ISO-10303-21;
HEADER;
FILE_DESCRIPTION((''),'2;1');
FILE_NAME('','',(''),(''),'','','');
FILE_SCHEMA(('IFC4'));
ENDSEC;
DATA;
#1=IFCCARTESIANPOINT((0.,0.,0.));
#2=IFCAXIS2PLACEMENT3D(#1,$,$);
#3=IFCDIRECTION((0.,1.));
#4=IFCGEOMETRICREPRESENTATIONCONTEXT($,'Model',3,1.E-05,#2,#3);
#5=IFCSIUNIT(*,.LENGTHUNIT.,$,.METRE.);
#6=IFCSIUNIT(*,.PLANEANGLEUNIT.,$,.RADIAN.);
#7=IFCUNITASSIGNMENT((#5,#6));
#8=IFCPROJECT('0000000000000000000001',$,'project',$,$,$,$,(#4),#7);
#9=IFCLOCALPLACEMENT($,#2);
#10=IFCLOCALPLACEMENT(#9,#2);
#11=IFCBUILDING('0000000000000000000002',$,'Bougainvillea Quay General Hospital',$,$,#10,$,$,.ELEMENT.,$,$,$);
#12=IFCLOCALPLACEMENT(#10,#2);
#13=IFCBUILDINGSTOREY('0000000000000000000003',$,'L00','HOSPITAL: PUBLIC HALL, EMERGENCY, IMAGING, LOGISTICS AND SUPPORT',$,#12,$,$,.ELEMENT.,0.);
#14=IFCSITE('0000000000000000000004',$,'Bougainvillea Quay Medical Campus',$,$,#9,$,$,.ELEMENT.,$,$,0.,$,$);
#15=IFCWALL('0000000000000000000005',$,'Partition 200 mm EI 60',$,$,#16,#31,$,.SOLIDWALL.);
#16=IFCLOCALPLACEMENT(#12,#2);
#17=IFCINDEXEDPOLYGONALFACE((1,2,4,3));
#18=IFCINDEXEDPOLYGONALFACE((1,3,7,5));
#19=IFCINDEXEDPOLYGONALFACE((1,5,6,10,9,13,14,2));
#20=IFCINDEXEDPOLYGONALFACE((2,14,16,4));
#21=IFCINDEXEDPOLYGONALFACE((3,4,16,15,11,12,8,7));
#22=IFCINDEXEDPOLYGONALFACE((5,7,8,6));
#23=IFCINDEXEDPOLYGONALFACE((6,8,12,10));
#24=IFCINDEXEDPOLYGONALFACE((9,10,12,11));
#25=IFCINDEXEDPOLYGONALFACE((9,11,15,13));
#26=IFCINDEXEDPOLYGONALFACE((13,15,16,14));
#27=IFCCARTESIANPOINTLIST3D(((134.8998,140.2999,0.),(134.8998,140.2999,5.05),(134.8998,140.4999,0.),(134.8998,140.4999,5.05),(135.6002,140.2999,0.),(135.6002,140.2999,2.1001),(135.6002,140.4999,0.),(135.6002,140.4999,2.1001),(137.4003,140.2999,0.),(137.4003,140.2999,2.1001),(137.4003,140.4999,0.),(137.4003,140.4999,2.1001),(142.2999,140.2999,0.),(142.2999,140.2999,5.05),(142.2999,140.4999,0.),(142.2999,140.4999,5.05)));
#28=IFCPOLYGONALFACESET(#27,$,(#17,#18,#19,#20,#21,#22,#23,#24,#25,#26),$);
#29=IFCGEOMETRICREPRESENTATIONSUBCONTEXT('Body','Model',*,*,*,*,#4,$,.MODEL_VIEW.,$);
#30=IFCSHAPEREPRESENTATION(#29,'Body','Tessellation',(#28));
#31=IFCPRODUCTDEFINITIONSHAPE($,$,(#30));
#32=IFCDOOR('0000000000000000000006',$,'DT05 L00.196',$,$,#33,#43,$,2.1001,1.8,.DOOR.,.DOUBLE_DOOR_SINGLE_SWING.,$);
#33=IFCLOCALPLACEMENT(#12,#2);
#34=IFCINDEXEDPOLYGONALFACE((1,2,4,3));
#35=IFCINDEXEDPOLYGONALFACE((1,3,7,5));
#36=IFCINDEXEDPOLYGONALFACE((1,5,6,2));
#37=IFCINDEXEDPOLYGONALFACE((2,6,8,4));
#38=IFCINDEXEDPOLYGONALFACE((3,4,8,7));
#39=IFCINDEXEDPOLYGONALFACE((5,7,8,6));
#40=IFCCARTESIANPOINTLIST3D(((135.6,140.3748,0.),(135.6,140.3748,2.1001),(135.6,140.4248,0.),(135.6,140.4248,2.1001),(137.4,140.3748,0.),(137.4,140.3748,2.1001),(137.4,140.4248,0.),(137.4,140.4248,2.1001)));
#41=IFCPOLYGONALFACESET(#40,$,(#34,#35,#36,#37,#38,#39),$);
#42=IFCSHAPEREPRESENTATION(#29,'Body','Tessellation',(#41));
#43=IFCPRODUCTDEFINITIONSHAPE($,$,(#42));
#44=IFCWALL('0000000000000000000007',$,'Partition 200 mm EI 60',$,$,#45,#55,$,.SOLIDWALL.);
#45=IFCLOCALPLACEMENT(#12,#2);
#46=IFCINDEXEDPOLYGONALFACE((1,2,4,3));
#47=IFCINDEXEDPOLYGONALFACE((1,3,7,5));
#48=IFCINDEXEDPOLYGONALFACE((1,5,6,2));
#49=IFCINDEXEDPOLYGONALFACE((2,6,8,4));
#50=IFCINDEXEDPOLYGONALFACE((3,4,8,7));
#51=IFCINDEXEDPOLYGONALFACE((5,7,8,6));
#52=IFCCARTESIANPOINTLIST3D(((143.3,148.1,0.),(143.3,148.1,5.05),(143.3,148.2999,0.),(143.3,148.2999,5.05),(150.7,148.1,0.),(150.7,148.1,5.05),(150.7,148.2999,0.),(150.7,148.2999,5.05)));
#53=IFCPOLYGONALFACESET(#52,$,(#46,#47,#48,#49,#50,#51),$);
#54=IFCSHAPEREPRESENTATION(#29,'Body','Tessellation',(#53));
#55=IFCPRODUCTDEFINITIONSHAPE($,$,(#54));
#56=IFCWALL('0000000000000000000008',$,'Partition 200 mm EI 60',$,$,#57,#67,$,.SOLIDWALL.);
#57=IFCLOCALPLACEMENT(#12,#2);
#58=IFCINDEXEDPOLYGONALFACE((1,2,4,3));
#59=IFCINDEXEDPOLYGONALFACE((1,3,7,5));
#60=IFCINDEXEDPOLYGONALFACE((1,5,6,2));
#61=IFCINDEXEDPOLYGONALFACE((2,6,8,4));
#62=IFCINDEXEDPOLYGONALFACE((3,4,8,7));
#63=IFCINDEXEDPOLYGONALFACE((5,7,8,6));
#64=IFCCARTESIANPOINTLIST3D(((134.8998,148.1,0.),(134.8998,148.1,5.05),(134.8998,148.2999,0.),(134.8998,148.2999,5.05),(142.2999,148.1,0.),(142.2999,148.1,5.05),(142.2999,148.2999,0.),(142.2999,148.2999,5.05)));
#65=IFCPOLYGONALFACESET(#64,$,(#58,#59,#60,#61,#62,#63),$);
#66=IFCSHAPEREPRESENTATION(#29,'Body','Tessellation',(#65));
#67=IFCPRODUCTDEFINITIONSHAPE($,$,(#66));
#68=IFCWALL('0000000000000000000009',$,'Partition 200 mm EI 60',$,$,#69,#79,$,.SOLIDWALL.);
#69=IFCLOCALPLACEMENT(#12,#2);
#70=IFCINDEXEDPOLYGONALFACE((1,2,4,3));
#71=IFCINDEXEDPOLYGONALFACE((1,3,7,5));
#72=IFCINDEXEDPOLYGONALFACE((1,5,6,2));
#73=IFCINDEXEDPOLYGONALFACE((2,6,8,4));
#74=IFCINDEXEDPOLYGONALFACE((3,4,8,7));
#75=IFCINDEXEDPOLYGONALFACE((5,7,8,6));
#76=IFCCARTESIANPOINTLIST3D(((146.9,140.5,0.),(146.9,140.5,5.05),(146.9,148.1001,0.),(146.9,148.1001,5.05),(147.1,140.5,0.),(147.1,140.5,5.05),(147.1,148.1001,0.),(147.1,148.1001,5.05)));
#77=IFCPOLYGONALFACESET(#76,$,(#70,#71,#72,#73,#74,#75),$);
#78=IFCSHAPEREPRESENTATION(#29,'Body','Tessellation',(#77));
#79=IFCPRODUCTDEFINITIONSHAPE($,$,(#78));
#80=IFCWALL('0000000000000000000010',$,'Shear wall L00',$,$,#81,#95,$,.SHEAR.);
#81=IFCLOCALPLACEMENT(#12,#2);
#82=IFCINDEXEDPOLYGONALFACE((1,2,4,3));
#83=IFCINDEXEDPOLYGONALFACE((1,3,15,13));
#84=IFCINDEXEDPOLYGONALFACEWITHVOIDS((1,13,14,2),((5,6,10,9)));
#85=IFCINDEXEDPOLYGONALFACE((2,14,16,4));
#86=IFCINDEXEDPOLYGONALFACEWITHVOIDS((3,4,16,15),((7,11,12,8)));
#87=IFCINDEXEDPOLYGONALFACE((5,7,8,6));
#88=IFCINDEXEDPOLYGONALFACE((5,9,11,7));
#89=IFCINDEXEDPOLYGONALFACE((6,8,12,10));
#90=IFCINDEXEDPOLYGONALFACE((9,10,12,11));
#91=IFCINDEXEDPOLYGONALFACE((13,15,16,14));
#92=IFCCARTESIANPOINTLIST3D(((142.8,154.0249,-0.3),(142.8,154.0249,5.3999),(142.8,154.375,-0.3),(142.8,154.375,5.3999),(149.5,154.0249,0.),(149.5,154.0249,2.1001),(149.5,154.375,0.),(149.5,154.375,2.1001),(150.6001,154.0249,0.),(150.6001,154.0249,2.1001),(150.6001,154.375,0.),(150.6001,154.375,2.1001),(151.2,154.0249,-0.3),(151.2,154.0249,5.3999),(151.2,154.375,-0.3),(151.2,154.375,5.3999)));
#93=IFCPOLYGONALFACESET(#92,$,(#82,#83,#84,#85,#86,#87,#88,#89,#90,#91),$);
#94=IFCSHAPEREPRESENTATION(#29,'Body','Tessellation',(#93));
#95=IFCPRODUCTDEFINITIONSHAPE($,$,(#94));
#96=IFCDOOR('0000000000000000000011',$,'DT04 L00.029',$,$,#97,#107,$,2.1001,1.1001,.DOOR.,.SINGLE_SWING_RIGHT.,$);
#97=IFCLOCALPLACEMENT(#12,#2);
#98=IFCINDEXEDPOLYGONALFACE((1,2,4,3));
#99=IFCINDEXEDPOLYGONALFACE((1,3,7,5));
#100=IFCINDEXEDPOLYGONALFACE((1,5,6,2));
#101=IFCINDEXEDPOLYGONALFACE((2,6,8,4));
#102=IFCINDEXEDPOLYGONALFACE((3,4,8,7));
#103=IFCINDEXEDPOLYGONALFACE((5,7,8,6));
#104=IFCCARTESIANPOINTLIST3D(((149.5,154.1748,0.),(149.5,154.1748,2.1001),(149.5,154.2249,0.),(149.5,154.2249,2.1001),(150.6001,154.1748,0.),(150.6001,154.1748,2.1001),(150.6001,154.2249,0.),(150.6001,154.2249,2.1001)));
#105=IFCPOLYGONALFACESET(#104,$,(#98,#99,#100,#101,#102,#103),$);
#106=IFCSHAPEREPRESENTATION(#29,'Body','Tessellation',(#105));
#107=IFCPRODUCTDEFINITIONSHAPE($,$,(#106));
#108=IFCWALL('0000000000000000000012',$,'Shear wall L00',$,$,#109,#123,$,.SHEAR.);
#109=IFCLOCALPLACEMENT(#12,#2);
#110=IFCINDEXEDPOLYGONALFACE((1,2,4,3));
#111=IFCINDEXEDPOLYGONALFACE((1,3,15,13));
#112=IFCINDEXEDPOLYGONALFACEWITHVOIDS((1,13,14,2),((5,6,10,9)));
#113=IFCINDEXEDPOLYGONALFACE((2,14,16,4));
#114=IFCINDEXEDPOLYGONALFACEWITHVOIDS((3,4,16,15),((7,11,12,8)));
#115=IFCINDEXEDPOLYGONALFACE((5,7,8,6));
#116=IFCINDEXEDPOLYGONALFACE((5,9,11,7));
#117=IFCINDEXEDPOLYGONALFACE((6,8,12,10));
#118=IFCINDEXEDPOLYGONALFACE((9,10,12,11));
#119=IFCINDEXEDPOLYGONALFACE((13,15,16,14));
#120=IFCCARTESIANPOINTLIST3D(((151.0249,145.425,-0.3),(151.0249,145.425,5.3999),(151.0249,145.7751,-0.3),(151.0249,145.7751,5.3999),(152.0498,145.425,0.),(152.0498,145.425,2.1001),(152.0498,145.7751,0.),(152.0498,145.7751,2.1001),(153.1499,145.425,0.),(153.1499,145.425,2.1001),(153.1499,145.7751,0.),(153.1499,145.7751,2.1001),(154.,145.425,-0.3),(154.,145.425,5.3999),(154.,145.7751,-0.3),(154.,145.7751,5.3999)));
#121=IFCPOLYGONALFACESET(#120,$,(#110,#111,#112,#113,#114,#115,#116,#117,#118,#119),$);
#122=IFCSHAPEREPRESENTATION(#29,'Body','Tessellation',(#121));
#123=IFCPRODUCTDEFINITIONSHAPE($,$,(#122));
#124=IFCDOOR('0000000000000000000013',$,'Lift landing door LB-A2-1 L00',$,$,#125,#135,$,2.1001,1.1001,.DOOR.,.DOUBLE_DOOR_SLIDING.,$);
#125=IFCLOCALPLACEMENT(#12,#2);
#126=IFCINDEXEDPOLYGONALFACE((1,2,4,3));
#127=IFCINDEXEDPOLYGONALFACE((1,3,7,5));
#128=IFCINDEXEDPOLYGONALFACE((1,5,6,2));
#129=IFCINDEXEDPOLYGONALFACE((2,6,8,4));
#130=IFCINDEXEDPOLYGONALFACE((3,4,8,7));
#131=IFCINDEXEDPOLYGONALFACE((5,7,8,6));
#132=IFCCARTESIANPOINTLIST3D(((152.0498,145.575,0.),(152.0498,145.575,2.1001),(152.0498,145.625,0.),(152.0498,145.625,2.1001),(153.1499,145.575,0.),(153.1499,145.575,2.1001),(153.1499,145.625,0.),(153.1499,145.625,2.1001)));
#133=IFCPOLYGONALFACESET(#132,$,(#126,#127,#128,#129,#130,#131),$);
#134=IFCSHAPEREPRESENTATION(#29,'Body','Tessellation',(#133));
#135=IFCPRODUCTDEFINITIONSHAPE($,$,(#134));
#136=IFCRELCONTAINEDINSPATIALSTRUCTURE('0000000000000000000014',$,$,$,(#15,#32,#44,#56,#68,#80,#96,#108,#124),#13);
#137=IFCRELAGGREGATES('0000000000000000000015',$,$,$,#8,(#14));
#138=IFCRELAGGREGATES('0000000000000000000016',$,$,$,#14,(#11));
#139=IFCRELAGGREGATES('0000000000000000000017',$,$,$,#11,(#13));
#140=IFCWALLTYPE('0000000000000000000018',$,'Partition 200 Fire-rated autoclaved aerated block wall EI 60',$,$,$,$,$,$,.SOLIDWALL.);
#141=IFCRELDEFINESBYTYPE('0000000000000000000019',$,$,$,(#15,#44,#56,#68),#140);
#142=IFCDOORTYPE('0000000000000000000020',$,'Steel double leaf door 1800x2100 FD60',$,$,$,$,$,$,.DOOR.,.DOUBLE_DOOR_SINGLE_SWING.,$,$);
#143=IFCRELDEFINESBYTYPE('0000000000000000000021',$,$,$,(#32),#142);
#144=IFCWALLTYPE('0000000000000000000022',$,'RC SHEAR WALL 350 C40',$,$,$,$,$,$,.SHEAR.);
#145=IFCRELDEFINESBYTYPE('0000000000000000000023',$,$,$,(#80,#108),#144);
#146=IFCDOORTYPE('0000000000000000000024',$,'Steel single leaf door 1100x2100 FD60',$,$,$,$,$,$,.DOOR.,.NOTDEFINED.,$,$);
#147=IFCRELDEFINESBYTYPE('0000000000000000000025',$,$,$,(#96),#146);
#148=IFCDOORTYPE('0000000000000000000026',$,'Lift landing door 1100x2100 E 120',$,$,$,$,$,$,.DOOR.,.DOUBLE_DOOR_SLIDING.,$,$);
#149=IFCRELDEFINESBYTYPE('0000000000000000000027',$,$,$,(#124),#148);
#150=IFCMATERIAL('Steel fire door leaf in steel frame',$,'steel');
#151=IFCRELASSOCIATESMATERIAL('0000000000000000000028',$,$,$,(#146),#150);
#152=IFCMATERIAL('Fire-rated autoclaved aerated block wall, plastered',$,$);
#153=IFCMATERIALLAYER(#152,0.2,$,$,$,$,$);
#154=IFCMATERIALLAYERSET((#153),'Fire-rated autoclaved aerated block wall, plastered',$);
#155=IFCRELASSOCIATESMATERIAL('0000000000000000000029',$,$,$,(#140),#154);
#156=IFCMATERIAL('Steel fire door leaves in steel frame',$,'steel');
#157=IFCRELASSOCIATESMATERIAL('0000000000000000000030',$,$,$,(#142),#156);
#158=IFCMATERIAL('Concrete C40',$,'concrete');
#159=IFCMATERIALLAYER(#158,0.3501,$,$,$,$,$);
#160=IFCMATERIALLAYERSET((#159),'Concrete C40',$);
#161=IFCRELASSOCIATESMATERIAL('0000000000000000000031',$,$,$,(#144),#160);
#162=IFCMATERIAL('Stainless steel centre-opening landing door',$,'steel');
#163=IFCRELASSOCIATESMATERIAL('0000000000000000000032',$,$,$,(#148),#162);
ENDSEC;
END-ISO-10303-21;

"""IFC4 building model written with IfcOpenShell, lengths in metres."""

from ifc_helpers import new_model, si_unit, direction, frame, frame_2d, origin, place, context, subcontext, project, spatial, rectangle, extrude, material, layer, layer_set, type_object, element, fill, save


model = new_model("IFC4")

# Units and contexts
model_context = context("Model", 3, precision=1e-05, world=origin(), true_north=direction((0.0, 1.0)))
body_context = subcontext(model_context, "Body", "Model", "MODEL_VIEW")
ifc_project = project(units=[si_unit("LENGTHUNIT", "METRE"), si_unit("PLANEANGLEUNIT", "RADIAN")], contexts=[model_context])

# Site, building, storey
site_placement = place(None, origin())
site = spatial("IfcSite", under=ifc_project, at=site_placement, Name="Bougainvillea Quay Medical Campus", CompositionType="ELEMENT", RefElevation=0.0)
building_placement = place(site_placement, origin())
building = spatial("IfcBuilding", under=site, at=building_placement, Name="Bougainvillea Quay General Hospital", CompositionType="ELEMENT")
storey_placement = place(building_placement, origin())
storey = spatial("IfcBuildingStorey", under=building, at=storey_placement, Name="L00", Description="HOSPITAL: PUBLIC HALL, EMERGENCY, IMAGING, LOGISTICS AND SUPPORT", CompositionType="ELEMENT", Elevation=0.0)

# Shared definitions
ifc_material_1 = material(Name="Concrete C40", Category="concrete")

# Shared definitions
ifc_material_2 = material(Name="Fire-rated autoclaved aerated block wall, plastered")

# Shared definitions
ifc_material_3 = material(Name="Steel fire door leaves in steel frame", Category="steel")

# Shared definitions
ifc_material_4 = material(Name="Steel fire door leaf in steel frame", Category="steel")
door_type_1 = type_object("IfcDoorType", Name="Steel single leaf door 1100x2100 FD60", OperationType="NOTDEFINED", PredefinedType="DOOR", material=ifc_material_4)

# Shared definitions
ifc_layer_1 = layer(ifc_material_2, 0.2)
ifc_layer_set_1 = layer_set([ifc_layer_1], Name="Fire-rated autoclaved aerated block wall, plastered")
wall_type_1 = type_object("IfcWallType", Name="Partition 200 Fire-rated autoclaved aerated block wall EI 60", PredefinedType="SOLIDWALL", material=ifc_layer_set_1)

# Wall, opening, door
wall_1_placement = place(storey_placement, frame((142.3, 140.3999, 0.0), z_axis=(0.0, 0.0, 1.0), x_axis=(-1.0, 0.0, 0.0)))
wall_1 = element("IfcWall", 1, at=wall_1_placement, inside=storey, type_object=wall_type_1, Name="Partition 200 mm EI 60", PredefinedType="SOLIDWALL", context=body_context, shape_type="SweptSolid", body=[
    extrude(rectangle(XDim=7.4001, YDim=0.2, at=frame_2d((3.7002, 0.0))), origin(), (0.0, 0.0, 1.0), 5.05),
])
opening_1_placement = place(wall_1_placement, frame((4.8999, 0.0, 0.0)))
opening_1 = element("IfcOpeningElement", 2, at=opening_1_placement, cuts=wall_1, PredefinedType="OPENING", context=body_context, shape_type="SweptSolid", body=[
    extrude(rectangle(XDim=1.8, YDim=2.1001, at=frame_2d((0.8999, 1.05))), frame((0.0, 0.1099, 0.0), z_axis=(0.0, -1.0, 0.0), x_axis=(1.0, 0.0, 0.0)), (0.0, 0.0, 1.0), 0.22),
])
door_type_2 = type_object("IfcDoorType", Name="Steel double leaf door 1800x2100 FD60", OperationType="DOUBLE_DOOR_SINGLE_SWING", PredefinedType="DOOR", material=ifc_material_3)
door_1_placement = place(opening_1_placement, frame((1.8, 0.0, 0.0), z_axis=(0.0, 0.0, 1.0), x_axis=(-1.0, 0.0, 0.0)))
door_1 = element("IfcDoor", 3, at=door_1_placement, inside=storey, type_object=door_type_2, Name="DT05 L00.196", OperationType="DOUBLE_DOOR_SINGLE_SWING", OverallHeight=2.1001, OverallWidth=1.8, PredefinedType="DOOR", context=body_context, shape_type="SweptSolid", body=[
    extrude(rectangle(XDim=1.8, YDim=2.1001, at=frame_2d((0.8999, 1.05))), frame((0.0, 0.0249, 0.0), z_axis=(0.0, -1.0, 0.0), x_axis=(1.0, 0.0, 0.0)), (0.0, 0.0, 1.0), 0.05),
])
fill(opening_1, door_1)

# Walls
wall_2_placement = place(storey_placement, frame((150.7, 148.2, 0.0), z_axis=(0.0, 0.0, 1.0), x_axis=(-1.0, 0.0, 0.0)))
element("IfcWall", 4, at=wall_2_placement, inside=storey, type_object=wall_type_1, Name="Partition 200 mm EI 60", PredefinedType="SOLIDWALL", context=body_context, shape_type="SweptSolid", body=[
    extrude(rectangle(XDim=7.3999, YDim=0.2, at=frame_2d((3.7, 0.0))), origin(), (0.0, 0.0, 1.0), 5.05),
])
wall_3_placement = place(storey_placement, frame((142.3, 148.2, 0.0), z_axis=(0.0, 0.0, 1.0), x_axis=(-1.0, 0.0, 0.0)))
element("IfcWall", 5, at=wall_3_placement, inside=storey, type_object=wall_type_1, Name="Partition 200 mm EI 60", PredefinedType="SOLIDWALL", context=body_context, shape_type="SweptSolid", body=[
    extrude(rectangle(XDim=7.4001, YDim=0.2, at=frame_2d((3.7002, 0.0))), origin(), (0.0, 0.0, 1.0), 5.05),
])
wall_4_placement = place(storey_placement, frame((147.0, 140.5, 0.0), z_axis=(0.0, 0.0, 1.0), x_axis=(0.0, 1.0, 0.0)))
element("IfcWall", 6, at=wall_4_placement, inside=storey, type_object=wall_type_1, Name="Partition 200 mm EI 60", PredefinedType="SOLIDWALL", context=body_context, shape_type="SweptSolid", body=[
    extrude(rectangle(XDim=7.6001, YDim=0.2, at=frame_2d((3.8, 0.0))), origin(), (0.0, 0.0, 1.0), 5.05),
])

# Walls, openings, doors
ifc_layer_2 = layer(ifc_material_1, 0.3501)
ifc_layer_set_2 = layer_set([ifc_layer_2], Name="Concrete C40")
wall_type_2 = type_object("IfcWallType", Name="RC SHEAR WALL 350 C40", PredefinedType="SHEAR", material=ifc_layer_set_2)
wall_5_placement = place(storey_placement, frame((142.8, 154.2, -0.3), z_axis=(0.0, 0.0, 1.0), x_axis=(1.0, 0.0, 0.0)))
wall_5 = element("IfcWall", 7, at=wall_5_placement, inside=storey, type_object=wall_type_2, Name="Shear wall L00", PredefinedType="SHEAR", context=body_context, shape_type="SweptSolid", body=[
    extrude(rectangle(XDim=8.3999, YDim=0.3501, at=frame_2d((4.2, 0.0))), origin(), (0.0, 0.0, 1.0), 5.7),
])
opening_2_placement = place(wall_5_placement, frame((6.7, 0.0, 0.3)))
opening_2 = element("IfcOpeningElement", 8, at=opening_2_placement, cuts=wall_5, PredefinedType="OPENING", context=body_context, shape_type="SweptSolid", body=[
    extrude(rectangle(XDim=1.1001, YDim=2.1001, at=frame_2d((0.55, 1.05))), frame((0.0, 0.1851, 0.0), z_axis=(0.0, -1.0, 0.0), x_axis=(1.0, 0.0, 0.0)), (0.0, 0.0, 1.0), 0.3701),
])
door_2_placement = place(opening_2_placement, origin())
door_2 = element("IfcDoor", 9, at=door_2_placement, inside=storey, type_object=door_type_1, Name="DT04 L00.029", OperationType="SINGLE_SWING_RIGHT", OverallHeight=2.1001, OverallWidth=1.1001, PredefinedType="DOOR", context=body_context, shape_type="SweptSolid", body=[
    extrude(rectangle(XDim=1.1001, YDim=2.1001, at=frame_2d((0.55, 1.05))), frame((0.0, 0.0249, 0.0), z_axis=(0.0, -1.0, 0.0), x_axis=(1.0, 0.0, 0.0)), (0.0, 0.0, 1.0), 0.05),
])
fill(opening_2, door_2)
wall_6_placement = place(storey_placement, frame((151.0249, 145.6001, -0.3), z_axis=(0.0, 0.0, 1.0), x_axis=(1.0, 0.0, 0.0)))
wall_6 = element("IfcWall", 10, at=wall_6_placement, inside=storey, type_object=wall_type_2, Name="Shear wall L00", PredefinedType="SHEAR", context=body_context, shape_type="SweptSolid", body=[
    extrude(rectangle(XDim=2.9751, YDim=0.3501, at=frame_2d((1.4875, 0.0))), origin(), (0.0, 0.0, 1.0), 5.7),
])
opening_3_placement = place(wall_6_placement, frame((1.0249, 0.0, 0.3)))
opening_3 = element("IfcOpeningElement", 11, at=opening_3_placement, cuts=wall_6, PredefinedType="OPENING", context=body_context, shape_type="SweptSolid", body=[
    extrude(rectangle(XDim=1.1001, YDim=2.1001, at=frame_2d((0.55, 1.05))), frame((0.0, 0.1851, 0.0), z_axis=(0.0, -1.0, 0.0), x_axis=(1.0, 0.0, 0.0)), (0.0, 0.0, 1.0), 0.3701),
])
ifc_material_5 = material(Name="Stainless steel centre-opening landing door", Category="steel")
door_type_3 = type_object("IfcDoorType", Name="Lift landing door 1100x2100 E 120", OperationType="DOUBLE_DOOR_SLIDING", PredefinedType="DOOR", material=ifc_material_5)
door_3_placement = place(opening_3_placement, origin())
door_3 = element("IfcDoor", 12, at=door_3_placement, inside=storey, type_object=door_type_3, Name="Lift landing door LB-A2-1 L00", OperationType="DOUBLE_DOOR_SLIDING", OverallHeight=2.1001, OverallWidth=1.1001, PredefinedType="DOOR", context=body_context, shape_type="SweptSolid", body=[
    extrude(rectangle(XDim=1.1001, YDim=2.1001, at=frame_2d((0.55, 1.05))), frame((0.0, 0.0249, 0.0), z_axis=(0.0, -1.0, 0.0), x_axis=(1.0, 0.0, 0.0)), (0.0, 0.0, 1.0), 0.05),
])
fill(opening_3, door_3)

save(model, "model.ifc")
